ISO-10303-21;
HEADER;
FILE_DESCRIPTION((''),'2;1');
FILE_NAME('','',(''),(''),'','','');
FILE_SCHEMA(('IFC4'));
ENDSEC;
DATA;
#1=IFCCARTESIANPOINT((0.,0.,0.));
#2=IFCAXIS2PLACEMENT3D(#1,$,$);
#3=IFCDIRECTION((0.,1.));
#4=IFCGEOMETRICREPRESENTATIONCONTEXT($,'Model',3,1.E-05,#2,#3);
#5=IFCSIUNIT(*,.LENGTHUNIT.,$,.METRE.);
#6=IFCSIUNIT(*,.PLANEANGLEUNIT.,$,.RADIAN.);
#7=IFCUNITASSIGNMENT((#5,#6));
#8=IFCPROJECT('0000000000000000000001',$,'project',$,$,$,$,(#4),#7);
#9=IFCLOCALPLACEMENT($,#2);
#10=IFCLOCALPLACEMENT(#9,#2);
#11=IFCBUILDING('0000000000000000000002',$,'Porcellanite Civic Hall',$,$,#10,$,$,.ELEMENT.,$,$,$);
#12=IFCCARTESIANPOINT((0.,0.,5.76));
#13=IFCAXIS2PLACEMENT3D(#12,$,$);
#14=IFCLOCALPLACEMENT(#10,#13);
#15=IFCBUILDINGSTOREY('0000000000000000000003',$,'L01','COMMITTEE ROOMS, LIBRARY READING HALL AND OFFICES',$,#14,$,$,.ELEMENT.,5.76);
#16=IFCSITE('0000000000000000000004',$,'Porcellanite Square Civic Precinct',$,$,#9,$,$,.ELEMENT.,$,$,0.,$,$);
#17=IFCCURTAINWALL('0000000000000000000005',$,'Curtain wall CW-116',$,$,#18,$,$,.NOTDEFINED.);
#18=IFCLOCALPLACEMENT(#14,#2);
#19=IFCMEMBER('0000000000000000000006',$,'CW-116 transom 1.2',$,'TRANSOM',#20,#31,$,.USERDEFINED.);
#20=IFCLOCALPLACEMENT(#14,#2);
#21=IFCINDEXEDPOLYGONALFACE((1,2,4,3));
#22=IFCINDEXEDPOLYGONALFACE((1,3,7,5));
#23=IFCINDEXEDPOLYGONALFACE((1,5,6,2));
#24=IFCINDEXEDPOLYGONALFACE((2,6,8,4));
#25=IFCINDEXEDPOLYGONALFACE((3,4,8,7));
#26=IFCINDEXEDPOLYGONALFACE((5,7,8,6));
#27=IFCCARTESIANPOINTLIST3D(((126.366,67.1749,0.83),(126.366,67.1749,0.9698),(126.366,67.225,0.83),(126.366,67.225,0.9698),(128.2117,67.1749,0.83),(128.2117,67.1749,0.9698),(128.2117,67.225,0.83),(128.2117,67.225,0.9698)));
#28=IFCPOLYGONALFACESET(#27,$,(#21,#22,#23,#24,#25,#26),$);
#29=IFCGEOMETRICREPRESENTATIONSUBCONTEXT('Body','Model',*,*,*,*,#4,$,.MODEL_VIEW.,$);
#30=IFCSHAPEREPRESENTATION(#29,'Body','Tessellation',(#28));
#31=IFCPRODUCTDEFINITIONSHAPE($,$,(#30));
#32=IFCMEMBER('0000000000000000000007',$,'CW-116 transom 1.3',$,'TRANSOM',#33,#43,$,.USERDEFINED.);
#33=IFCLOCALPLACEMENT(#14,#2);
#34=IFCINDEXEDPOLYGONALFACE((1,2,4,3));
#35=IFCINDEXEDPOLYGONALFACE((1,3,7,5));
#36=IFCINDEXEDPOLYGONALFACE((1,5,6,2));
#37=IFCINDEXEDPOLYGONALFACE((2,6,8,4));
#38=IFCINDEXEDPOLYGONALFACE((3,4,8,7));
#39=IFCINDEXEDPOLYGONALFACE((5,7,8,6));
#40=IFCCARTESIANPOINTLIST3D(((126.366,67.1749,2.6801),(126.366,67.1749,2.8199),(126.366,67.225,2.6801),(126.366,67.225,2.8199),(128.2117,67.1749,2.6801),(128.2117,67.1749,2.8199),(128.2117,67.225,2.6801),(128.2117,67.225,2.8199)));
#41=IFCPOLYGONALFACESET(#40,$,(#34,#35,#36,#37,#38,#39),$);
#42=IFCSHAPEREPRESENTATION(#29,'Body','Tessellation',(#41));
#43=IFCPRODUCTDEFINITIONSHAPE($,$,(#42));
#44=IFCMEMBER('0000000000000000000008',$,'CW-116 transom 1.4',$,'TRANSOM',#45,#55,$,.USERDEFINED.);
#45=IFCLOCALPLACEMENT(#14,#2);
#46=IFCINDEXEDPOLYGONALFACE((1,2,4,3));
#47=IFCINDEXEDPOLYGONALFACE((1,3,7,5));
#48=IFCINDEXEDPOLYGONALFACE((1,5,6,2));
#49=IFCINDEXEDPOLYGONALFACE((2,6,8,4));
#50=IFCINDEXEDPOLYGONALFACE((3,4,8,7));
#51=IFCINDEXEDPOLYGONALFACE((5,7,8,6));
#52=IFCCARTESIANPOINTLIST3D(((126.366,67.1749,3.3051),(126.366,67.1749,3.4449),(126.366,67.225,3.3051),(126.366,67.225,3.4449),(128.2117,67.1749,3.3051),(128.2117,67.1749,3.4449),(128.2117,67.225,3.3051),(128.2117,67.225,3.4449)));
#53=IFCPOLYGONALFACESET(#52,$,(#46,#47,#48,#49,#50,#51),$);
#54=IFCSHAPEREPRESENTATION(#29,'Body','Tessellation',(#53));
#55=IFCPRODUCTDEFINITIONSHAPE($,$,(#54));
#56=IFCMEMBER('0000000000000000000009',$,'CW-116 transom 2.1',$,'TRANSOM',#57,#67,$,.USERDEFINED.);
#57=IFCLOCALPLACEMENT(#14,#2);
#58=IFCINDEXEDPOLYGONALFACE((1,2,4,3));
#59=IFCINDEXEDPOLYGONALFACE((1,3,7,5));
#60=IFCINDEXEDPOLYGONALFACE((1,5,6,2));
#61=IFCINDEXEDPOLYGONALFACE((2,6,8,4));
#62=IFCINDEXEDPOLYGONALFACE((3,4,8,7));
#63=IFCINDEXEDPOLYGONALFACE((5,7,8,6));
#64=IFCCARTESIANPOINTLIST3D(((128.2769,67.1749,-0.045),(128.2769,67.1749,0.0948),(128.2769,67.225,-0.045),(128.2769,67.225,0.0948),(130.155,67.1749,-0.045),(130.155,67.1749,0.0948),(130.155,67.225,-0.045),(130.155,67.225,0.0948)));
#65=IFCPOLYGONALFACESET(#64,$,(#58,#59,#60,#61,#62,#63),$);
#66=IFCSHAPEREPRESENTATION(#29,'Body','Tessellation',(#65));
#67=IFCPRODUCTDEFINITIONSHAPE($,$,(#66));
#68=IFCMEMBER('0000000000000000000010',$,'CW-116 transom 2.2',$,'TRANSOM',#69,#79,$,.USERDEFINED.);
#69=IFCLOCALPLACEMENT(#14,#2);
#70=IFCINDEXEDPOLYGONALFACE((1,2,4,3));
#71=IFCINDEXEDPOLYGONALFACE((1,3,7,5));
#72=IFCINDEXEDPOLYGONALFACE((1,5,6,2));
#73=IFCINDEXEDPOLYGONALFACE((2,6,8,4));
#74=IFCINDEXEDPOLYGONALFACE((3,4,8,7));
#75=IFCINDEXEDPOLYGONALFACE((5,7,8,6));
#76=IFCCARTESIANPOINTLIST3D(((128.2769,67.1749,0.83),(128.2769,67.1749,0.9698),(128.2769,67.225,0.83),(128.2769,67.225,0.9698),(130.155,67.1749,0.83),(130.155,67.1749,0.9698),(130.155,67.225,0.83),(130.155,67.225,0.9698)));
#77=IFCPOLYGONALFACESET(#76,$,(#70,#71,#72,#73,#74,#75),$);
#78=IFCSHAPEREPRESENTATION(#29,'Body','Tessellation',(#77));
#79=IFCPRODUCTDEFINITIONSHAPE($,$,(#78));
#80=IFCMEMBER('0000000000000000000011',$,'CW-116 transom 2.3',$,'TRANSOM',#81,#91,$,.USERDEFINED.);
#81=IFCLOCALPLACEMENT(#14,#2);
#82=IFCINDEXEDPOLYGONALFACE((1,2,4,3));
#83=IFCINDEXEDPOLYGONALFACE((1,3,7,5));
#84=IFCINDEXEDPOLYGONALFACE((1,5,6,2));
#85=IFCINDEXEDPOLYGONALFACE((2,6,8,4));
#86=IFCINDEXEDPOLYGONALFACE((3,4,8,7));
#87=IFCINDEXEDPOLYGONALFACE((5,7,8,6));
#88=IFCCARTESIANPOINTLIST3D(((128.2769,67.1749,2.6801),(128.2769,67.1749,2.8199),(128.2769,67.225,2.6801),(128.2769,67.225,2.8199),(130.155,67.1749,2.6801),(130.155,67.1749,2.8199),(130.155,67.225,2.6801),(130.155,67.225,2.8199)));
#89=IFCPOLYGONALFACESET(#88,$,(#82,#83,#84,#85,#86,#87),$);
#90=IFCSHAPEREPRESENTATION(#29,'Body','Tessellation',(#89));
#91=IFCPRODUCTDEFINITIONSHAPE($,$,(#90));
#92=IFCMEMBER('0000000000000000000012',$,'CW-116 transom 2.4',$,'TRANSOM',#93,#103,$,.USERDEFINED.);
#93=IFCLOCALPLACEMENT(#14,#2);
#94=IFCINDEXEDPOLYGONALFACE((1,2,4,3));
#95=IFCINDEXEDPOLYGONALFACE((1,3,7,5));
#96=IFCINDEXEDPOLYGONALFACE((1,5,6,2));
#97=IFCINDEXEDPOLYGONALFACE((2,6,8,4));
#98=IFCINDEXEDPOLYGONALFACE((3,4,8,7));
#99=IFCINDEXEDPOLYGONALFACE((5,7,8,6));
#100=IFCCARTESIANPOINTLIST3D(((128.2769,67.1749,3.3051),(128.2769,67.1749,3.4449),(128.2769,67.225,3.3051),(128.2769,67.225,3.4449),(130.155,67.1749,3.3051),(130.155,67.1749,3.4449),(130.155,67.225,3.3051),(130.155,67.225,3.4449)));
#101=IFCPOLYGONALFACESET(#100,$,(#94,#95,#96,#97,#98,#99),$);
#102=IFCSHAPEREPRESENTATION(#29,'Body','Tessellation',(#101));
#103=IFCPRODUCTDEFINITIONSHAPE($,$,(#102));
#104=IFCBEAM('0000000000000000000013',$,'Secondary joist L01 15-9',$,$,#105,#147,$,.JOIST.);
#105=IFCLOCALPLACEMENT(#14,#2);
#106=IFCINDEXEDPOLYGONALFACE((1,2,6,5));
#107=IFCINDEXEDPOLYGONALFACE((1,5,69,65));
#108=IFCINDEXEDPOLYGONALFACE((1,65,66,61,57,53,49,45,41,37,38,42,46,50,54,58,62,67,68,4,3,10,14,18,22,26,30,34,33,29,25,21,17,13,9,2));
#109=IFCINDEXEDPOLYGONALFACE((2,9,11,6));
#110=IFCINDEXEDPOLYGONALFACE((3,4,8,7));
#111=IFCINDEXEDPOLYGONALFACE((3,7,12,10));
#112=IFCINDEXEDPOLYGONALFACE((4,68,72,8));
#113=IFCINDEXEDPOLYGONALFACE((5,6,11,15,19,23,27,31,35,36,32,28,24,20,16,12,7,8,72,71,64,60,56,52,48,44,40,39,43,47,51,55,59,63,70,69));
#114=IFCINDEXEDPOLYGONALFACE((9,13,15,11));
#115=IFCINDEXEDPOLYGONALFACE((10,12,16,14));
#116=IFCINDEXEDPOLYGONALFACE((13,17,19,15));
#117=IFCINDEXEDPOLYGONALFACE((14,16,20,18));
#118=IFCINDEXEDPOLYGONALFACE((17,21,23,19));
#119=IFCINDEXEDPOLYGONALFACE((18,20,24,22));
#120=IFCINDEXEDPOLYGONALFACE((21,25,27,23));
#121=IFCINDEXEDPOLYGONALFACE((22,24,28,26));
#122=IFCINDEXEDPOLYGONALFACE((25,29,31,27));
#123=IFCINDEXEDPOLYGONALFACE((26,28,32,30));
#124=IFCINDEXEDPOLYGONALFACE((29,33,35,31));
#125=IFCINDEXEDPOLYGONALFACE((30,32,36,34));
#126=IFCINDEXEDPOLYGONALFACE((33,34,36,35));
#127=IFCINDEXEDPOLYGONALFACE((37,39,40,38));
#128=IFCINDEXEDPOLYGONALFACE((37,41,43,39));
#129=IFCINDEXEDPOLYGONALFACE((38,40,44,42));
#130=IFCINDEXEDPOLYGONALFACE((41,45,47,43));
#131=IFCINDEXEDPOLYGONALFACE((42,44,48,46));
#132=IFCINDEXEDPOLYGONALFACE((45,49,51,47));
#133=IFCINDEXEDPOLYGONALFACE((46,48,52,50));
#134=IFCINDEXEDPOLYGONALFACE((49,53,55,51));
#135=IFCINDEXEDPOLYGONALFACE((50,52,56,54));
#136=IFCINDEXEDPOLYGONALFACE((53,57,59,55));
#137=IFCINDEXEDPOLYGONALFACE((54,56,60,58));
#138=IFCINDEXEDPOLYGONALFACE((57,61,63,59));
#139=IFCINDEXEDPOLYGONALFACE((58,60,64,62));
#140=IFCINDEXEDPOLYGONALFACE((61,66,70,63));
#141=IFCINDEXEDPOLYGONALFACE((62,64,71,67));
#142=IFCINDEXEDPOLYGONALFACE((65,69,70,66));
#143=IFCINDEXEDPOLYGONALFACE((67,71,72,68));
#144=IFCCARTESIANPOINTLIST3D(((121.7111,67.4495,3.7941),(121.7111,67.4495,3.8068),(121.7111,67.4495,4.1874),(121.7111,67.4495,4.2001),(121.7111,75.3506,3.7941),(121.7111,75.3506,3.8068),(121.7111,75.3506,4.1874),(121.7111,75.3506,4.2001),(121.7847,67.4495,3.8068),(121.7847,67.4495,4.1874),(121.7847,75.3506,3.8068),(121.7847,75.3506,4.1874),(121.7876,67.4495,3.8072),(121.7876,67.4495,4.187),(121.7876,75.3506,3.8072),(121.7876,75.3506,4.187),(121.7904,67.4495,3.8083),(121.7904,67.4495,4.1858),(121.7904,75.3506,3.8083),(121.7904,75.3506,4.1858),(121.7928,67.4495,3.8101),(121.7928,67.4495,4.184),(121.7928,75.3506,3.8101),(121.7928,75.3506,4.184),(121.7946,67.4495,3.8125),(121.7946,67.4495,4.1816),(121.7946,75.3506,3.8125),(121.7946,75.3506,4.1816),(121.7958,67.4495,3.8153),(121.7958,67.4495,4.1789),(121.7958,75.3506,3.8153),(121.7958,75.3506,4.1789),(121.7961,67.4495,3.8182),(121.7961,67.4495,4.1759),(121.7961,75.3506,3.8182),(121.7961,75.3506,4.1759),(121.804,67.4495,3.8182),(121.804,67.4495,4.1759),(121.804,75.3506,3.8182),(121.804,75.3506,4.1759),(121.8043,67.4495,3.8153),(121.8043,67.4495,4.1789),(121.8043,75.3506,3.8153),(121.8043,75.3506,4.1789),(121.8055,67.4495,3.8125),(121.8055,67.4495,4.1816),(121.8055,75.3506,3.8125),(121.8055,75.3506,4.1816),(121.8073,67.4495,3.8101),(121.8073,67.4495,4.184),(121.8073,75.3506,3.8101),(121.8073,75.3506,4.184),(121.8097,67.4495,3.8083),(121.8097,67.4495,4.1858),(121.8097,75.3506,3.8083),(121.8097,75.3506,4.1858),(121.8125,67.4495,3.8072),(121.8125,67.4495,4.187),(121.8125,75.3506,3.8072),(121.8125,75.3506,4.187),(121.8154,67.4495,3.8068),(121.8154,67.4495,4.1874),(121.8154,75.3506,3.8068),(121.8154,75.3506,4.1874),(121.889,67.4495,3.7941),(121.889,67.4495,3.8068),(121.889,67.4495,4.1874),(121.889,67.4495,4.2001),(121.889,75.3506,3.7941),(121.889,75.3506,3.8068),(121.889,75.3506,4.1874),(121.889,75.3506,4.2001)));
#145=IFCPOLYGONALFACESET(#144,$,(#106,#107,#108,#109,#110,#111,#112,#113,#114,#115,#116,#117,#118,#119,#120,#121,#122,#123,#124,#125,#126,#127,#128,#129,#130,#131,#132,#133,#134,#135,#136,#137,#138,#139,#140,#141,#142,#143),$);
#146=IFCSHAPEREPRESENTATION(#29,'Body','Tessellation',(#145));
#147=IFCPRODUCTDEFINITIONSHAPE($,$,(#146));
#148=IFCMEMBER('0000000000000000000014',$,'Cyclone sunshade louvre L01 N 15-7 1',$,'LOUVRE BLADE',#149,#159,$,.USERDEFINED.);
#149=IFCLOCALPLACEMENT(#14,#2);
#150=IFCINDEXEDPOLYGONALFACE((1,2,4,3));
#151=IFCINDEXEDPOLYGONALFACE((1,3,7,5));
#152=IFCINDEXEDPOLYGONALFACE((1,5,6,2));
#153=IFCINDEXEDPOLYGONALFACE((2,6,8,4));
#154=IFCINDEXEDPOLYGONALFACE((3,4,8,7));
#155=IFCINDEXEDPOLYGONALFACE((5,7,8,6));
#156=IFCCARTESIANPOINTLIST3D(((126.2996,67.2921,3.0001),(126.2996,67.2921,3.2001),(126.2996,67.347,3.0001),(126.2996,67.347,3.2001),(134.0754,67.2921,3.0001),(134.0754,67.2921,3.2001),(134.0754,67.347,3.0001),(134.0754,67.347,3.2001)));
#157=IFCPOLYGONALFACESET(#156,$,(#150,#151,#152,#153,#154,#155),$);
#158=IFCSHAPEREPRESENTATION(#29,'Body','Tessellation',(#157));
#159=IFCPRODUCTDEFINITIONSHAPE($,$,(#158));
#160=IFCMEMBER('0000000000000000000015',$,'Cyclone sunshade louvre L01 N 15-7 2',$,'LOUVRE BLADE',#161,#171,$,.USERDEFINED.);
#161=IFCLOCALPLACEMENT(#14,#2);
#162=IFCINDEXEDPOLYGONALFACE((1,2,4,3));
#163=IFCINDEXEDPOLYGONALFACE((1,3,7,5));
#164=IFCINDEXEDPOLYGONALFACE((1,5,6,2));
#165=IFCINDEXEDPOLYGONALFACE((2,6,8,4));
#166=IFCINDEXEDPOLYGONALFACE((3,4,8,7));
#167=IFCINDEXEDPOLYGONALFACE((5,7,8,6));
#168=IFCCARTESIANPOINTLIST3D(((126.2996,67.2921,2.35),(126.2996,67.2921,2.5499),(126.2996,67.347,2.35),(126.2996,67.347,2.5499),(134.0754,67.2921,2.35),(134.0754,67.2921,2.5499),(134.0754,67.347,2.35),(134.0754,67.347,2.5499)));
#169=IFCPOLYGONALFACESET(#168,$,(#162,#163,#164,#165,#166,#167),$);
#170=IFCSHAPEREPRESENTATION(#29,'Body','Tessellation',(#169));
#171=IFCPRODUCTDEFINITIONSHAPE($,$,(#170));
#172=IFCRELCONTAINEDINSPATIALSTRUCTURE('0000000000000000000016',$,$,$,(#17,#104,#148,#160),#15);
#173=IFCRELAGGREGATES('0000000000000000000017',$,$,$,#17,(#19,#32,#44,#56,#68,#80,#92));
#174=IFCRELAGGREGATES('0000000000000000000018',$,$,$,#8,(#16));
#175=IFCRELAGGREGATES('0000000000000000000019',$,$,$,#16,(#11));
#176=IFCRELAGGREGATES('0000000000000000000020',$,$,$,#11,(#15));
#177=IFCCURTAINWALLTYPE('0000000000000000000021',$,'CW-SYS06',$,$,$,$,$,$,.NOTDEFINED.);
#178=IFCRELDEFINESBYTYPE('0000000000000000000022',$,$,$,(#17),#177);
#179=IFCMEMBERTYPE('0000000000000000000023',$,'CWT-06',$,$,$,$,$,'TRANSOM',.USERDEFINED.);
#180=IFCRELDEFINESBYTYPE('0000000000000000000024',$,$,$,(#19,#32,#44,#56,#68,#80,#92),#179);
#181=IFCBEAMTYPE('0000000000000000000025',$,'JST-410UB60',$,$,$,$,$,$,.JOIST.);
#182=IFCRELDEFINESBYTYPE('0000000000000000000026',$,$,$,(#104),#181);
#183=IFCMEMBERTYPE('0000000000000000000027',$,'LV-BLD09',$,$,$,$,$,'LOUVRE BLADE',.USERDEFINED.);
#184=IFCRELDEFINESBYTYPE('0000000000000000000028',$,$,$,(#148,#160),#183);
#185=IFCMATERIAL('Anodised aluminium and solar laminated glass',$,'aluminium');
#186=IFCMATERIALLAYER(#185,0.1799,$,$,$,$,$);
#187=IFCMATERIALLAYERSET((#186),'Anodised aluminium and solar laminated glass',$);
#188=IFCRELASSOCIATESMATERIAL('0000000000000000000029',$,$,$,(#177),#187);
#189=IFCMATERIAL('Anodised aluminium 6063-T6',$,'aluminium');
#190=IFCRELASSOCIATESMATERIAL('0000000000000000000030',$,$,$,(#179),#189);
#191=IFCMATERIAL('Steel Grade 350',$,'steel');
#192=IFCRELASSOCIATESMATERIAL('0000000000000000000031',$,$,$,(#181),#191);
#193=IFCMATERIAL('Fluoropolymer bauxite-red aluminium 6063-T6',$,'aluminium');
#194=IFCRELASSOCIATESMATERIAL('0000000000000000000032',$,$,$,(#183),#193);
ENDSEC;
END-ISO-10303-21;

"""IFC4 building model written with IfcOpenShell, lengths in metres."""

from ifc_helpers import new_model, si_unit, direction, frame, origin, origin_2d, place, context, subcontext, project, spatial, rectangle, i_section, extrude, material, layer, layer_set, material_profile, profile_set, type_object, element, aggregate, save


model = new_model("IFC4")

# Units and contexts
model_context = context("Model", 3, precision=1e-05, world=origin(), true_north=direction((0.0, 1.0)))
body_context = subcontext(model_context, "Body", "Model", "MODEL_VIEW")
ifc_project = project(units=[si_unit("LENGTHUNIT", "METRE"), si_unit("PLANEANGLEUNIT", "RADIAN")], contexts=[model_context])

# Site, building, storey
site_placement = place(None, origin())
site = spatial("IfcSite", under=ifc_project, at=site_placement, Name="Porcellanite Square Civic Precinct", CompositionType="ELEMENT", RefElevation=0.0)
building_placement = place(site_placement, origin())
building = spatial("IfcBuilding", under=site, at=building_placement, Name="Porcellanite Civic Hall", CompositionType="ELEMENT")
storey_placement = place(building_placement, frame((0.0, 0.0, 5.76)))
storey = spatial("IfcBuildingStorey", under=building, at=storey_placement, Name="L01", Description="COMMITTEE ROOMS, LIBRARY READING HALL AND OFFICES", CompositionType="ELEMENT", Elevation=5.76)

# Curtain wall
ifc_material_1 = material(Name="Anodised aluminium and solar laminated glass", Category="aluminium")
ifc_layer_1 = layer(ifc_material_1, 0.1799)
ifc_layer_set_1 = layer_set([ifc_layer_1], Name="Anodised aluminium and solar laminated glass")
curtain_wall_type_1 = type_object("IfcCurtainWallType", Name="CW-SYS06", PredefinedType="NOTDEFINED", material=ifc_layer_set_1)
curtain_wall_1_placement = place(storey_placement, origin())
curtain_wall_1 = element("IfcCurtainWall", 1, at=curtain_wall_1_placement, inside=storey, type_object=curtain_wall_type_1, Name="Curtain wall CW-116", PredefinedType="NOTDEFINED")

# Members
ifc_material_2 = material(Name="Anodised aluminium 6063-T6", Category="aluminium")
ifc_material_profile_1 = material_profile(ifc_material_2, rectangle(XDim=0.05, YDim=0.1399, at=origin_2d()), Name="AL-50x140")
ifc_profile_set_1 = profile_set([ifc_material_profile_1], Name="Anodised aluminium 6063-T6")
member_type_1 = type_object("IfcMemberType", Name="CWT-06", ElementType="TRANSOM", PredefinedType="USERDEFINED", material=ifc_profile_set_1)
member_1_placement = place(storey_placement, frame((126.366, 67.2, 0.8999), z_axis=(1.0, 0.0, 0.0), x_axis=(0.0, 1.0, 0.0)))
member_1 = element("IfcMember", 2, at=member_1_placement, type_object=member_type_1, Name="CW-116 transom 1.2", ObjectType="TRANSOM", PredefinedType="USERDEFINED", context=body_context, shape_type="SweptSolid", body=[
    extrude(rectangle(XDim=0.05, YDim=0.1399, at=origin_2d()), origin(), (0.0, 0.0, 1.0), 1.8457),
])
member_2_placement = place(storey_placement, frame((126.366, 67.2, 2.75), z_axis=(1.0, 0.0, 0.0), x_axis=(0.0, 1.0, 0.0)))
member_2 = element("IfcMember", 3, at=member_2_placement, type_object=member_type_1, Name="CW-116 transom 1.3", ObjectType="TRANSOM", PredefinedType="USERDEFINED", context=body_context, shape_type="SweptSolid", body=[
    extrude(rectangle(XDim=0.05, YDim=0.1399, at=origin_2d()), origin(), (0.0, 0.0, 1.0), 1.8457),
])
member_3_placement = place(storey_placement, frame((126.366, 67.2, 3.375), z_axis=(1.0, 0.0, 0.0), x_axis=(0.0, 1.0, 0.0)))
member_3 = element("IfcMember", 4, at=member_3_placement, type_object=member_type_1, Name="CW-116 transom 1.4", ObjectType="TRANSOM", PredefinedType="USERDEFINED", context=body_context, shape_type="SweptSolid", body=[
    extrude(rectangle(XDim=0.05, YDim=0.1399, at=origin_2d()), origin(), (0.0, 0.0, 1.0), 1.8457),
])
member_4_placement = place(storey_placement, frame((128.2769, 67.2, 0.0249), z_axis=(1.0, 0.0, 0.0), x_axis=(0.0, 1.0, 0.0)))
member_4 = element("IfcMember", 5, at=member_4_placement, type_object=member_type_1, Name="CW-116 transom 2.1", ObjectType="TRANSOM", PredefinedType="USERDEFINED", context=body_context, shape_type="SweptSolid", body=[
    extrude(rectangle(XDim=0.05, YDim=0.1399, at=origin_2d()), origin(), (0.0, 0.0, 1.0), 1.8782),
])
member_5_placement = place(storey_placement, frame((128.2769, 67.2, 0.8999), z_axis=(1.0, 0.0, 0.0), x_axis=(0.0, 1.0, 0.0)))
member_5 = element("IfcMember", 6, at=member_5_placement, type_object=member_type_1, Name="CW-116 transom 2.2", ObjectType="TRANSOM", PredefinedType="USERDEFINED", context=body_context, shape_type="SweptSolid", body=[
    extrude(rectangle(XDim=0.05, YDim=0.1399, at=origin_2d()), origin(), (0.0, 0.0, 1.0), 1.8782),
])
member_6_placement = place(storey_placement, frame((128.2769, 67.2, 2.75), z_axis=(1.0, 0.0, 0.0), x_axis=(0.0, 1.0, 0.0)))
member_6 = element("IfcMember", 7, at=member_6_placement, type_object=member_type_1, Name="CW-116 transom 2.3", ObjectType="TRANSOM", PredefinedType="USERDEFINED", context=body_context, shape_type="SweptSolid", body=[
    extrude(rectangle(XDim=0.05, YDim=0.1399, at=origin_2d()), origin(), (0.0, 0.0, 1.0), 1.8782),
])
member_7_placement = place(storey_placement, frame((128.2769, 67.2, 3.375), z_axis=(1.0, 0.0, 0.0), x_axis=(0.0, 1.0, 0.0)))
member_7 = element("IfcMember", 8, at=member_7_placement, type_object=member_type_1, Name="CW-116 transom 2.4", ObjectType="TRANSOM", PredefinedType="USERDEFINED", context=body_context, shape_type="SweptSolid", body=[
    extrude(rectangle(XDim=0.05, YDim=0.1399, at=origin_2d()), origin(), (0.0, 0.0, 1.0), 1.8782),
])

# Beam
ifc_material_3 = material(Name="Steel Grade 350", Category="steel")
ifc_material_profile_2 = material_profile(ifc_material_3, i_section(OverallWidth=0.178, OverallDepth=0.406, WebThickness=0.0078, FlangeThickness=0.0127, FilletRadius=0.0115, at=origin_2d()), Name="410UB59.7")
ifc_profile_set_2 = profile_set([ifc_material_profile_2], Name="Steel Grade 350")
beam_type_1 = type_object("IfcBeamType", Name="JST-410UB60", PredefinedType="JOIST", material=ifc_profile_set_2)
beam_1_placement = place(storey_placement, frame((121.8, 67.4495, 3.9971), z_axis=(0.0, 1.0, 0.0), x_axis=(-1.0, 0.0, 0.0)))
element("IfcBeam", 9, at=beam_1_placement, inside=storey, type_object=beam_type_1, Name="Secondary joist L01 15-9", PredefinedType="JOIST", context=body_context, shape_type="SweptSolid", body=[
    extrude(i_section(OverallWidth=0.178, OverallDepth=0.406, WebThickness=0.0078, FlangeThickness=0.0127, FilletRadius=0.0115, at=origin_2d()), origin(), (0.0, 0.0, 1.0), 7.9011),
])

# Members
ifc_material_4 = material(Name="Fluoropolymer bauxite-red aluminium 6063-T6", Category="aluminium")
ifc_material_profile_3 = material_profile(ifc_material_4, rectangle(XDim=0.0549, YDim=0.2, at=origin_2d()), Name="AL-55x200")
ifc_profile_set_3 = profile_set([ifc_material_profile_3], Name="Fluoropolymer bauxite-red aluminium 6063-T6")
member_type_2 = type_object("IfcMemberType", Name="LV-BLD09", ElementType="LOUVRE BLADE", PredefinedType="USERDEFINED", material=ifc_profile_set_3)
for number, where, z_axis, x_axis, name in (
    (10, (126.2996, 67.3196, 3.1001), (1.0, 0.0, 0.0), (0.0, 1.0, 0.0), "Cyclone sunshade louvre L01 N 15-7 1"),
    (11, (126.2996, 67.3196, 2.45), (1.0, 0.0, 0.0), (0.0, 1.0, 0.0), "Cyclone sunshade louvre L01 N 15-7 2"),
):
    element("IfcMember", number, at=place(storey_placement, frame(where, z_axis=z_axis, x_axis=x_axis)), inside=storey, type_object=member_type_2, Name=name, ObjectType="LOUVRE BLADE", PredefinedType="USERDEFINED", context=body_context, shape_type="SweptSolid", body=[
        extrude(rectangle(XDim=0.0549, YDim=0.2, at=origin_2d()), origin(), (0.0, 0.0, 1.0), 7.7759),
    ])

aggregate(curtain_wall_1, [member_1, member_2, member_3, member_4, member_5, member_6, member_7])

save(model, "model.ifc")
